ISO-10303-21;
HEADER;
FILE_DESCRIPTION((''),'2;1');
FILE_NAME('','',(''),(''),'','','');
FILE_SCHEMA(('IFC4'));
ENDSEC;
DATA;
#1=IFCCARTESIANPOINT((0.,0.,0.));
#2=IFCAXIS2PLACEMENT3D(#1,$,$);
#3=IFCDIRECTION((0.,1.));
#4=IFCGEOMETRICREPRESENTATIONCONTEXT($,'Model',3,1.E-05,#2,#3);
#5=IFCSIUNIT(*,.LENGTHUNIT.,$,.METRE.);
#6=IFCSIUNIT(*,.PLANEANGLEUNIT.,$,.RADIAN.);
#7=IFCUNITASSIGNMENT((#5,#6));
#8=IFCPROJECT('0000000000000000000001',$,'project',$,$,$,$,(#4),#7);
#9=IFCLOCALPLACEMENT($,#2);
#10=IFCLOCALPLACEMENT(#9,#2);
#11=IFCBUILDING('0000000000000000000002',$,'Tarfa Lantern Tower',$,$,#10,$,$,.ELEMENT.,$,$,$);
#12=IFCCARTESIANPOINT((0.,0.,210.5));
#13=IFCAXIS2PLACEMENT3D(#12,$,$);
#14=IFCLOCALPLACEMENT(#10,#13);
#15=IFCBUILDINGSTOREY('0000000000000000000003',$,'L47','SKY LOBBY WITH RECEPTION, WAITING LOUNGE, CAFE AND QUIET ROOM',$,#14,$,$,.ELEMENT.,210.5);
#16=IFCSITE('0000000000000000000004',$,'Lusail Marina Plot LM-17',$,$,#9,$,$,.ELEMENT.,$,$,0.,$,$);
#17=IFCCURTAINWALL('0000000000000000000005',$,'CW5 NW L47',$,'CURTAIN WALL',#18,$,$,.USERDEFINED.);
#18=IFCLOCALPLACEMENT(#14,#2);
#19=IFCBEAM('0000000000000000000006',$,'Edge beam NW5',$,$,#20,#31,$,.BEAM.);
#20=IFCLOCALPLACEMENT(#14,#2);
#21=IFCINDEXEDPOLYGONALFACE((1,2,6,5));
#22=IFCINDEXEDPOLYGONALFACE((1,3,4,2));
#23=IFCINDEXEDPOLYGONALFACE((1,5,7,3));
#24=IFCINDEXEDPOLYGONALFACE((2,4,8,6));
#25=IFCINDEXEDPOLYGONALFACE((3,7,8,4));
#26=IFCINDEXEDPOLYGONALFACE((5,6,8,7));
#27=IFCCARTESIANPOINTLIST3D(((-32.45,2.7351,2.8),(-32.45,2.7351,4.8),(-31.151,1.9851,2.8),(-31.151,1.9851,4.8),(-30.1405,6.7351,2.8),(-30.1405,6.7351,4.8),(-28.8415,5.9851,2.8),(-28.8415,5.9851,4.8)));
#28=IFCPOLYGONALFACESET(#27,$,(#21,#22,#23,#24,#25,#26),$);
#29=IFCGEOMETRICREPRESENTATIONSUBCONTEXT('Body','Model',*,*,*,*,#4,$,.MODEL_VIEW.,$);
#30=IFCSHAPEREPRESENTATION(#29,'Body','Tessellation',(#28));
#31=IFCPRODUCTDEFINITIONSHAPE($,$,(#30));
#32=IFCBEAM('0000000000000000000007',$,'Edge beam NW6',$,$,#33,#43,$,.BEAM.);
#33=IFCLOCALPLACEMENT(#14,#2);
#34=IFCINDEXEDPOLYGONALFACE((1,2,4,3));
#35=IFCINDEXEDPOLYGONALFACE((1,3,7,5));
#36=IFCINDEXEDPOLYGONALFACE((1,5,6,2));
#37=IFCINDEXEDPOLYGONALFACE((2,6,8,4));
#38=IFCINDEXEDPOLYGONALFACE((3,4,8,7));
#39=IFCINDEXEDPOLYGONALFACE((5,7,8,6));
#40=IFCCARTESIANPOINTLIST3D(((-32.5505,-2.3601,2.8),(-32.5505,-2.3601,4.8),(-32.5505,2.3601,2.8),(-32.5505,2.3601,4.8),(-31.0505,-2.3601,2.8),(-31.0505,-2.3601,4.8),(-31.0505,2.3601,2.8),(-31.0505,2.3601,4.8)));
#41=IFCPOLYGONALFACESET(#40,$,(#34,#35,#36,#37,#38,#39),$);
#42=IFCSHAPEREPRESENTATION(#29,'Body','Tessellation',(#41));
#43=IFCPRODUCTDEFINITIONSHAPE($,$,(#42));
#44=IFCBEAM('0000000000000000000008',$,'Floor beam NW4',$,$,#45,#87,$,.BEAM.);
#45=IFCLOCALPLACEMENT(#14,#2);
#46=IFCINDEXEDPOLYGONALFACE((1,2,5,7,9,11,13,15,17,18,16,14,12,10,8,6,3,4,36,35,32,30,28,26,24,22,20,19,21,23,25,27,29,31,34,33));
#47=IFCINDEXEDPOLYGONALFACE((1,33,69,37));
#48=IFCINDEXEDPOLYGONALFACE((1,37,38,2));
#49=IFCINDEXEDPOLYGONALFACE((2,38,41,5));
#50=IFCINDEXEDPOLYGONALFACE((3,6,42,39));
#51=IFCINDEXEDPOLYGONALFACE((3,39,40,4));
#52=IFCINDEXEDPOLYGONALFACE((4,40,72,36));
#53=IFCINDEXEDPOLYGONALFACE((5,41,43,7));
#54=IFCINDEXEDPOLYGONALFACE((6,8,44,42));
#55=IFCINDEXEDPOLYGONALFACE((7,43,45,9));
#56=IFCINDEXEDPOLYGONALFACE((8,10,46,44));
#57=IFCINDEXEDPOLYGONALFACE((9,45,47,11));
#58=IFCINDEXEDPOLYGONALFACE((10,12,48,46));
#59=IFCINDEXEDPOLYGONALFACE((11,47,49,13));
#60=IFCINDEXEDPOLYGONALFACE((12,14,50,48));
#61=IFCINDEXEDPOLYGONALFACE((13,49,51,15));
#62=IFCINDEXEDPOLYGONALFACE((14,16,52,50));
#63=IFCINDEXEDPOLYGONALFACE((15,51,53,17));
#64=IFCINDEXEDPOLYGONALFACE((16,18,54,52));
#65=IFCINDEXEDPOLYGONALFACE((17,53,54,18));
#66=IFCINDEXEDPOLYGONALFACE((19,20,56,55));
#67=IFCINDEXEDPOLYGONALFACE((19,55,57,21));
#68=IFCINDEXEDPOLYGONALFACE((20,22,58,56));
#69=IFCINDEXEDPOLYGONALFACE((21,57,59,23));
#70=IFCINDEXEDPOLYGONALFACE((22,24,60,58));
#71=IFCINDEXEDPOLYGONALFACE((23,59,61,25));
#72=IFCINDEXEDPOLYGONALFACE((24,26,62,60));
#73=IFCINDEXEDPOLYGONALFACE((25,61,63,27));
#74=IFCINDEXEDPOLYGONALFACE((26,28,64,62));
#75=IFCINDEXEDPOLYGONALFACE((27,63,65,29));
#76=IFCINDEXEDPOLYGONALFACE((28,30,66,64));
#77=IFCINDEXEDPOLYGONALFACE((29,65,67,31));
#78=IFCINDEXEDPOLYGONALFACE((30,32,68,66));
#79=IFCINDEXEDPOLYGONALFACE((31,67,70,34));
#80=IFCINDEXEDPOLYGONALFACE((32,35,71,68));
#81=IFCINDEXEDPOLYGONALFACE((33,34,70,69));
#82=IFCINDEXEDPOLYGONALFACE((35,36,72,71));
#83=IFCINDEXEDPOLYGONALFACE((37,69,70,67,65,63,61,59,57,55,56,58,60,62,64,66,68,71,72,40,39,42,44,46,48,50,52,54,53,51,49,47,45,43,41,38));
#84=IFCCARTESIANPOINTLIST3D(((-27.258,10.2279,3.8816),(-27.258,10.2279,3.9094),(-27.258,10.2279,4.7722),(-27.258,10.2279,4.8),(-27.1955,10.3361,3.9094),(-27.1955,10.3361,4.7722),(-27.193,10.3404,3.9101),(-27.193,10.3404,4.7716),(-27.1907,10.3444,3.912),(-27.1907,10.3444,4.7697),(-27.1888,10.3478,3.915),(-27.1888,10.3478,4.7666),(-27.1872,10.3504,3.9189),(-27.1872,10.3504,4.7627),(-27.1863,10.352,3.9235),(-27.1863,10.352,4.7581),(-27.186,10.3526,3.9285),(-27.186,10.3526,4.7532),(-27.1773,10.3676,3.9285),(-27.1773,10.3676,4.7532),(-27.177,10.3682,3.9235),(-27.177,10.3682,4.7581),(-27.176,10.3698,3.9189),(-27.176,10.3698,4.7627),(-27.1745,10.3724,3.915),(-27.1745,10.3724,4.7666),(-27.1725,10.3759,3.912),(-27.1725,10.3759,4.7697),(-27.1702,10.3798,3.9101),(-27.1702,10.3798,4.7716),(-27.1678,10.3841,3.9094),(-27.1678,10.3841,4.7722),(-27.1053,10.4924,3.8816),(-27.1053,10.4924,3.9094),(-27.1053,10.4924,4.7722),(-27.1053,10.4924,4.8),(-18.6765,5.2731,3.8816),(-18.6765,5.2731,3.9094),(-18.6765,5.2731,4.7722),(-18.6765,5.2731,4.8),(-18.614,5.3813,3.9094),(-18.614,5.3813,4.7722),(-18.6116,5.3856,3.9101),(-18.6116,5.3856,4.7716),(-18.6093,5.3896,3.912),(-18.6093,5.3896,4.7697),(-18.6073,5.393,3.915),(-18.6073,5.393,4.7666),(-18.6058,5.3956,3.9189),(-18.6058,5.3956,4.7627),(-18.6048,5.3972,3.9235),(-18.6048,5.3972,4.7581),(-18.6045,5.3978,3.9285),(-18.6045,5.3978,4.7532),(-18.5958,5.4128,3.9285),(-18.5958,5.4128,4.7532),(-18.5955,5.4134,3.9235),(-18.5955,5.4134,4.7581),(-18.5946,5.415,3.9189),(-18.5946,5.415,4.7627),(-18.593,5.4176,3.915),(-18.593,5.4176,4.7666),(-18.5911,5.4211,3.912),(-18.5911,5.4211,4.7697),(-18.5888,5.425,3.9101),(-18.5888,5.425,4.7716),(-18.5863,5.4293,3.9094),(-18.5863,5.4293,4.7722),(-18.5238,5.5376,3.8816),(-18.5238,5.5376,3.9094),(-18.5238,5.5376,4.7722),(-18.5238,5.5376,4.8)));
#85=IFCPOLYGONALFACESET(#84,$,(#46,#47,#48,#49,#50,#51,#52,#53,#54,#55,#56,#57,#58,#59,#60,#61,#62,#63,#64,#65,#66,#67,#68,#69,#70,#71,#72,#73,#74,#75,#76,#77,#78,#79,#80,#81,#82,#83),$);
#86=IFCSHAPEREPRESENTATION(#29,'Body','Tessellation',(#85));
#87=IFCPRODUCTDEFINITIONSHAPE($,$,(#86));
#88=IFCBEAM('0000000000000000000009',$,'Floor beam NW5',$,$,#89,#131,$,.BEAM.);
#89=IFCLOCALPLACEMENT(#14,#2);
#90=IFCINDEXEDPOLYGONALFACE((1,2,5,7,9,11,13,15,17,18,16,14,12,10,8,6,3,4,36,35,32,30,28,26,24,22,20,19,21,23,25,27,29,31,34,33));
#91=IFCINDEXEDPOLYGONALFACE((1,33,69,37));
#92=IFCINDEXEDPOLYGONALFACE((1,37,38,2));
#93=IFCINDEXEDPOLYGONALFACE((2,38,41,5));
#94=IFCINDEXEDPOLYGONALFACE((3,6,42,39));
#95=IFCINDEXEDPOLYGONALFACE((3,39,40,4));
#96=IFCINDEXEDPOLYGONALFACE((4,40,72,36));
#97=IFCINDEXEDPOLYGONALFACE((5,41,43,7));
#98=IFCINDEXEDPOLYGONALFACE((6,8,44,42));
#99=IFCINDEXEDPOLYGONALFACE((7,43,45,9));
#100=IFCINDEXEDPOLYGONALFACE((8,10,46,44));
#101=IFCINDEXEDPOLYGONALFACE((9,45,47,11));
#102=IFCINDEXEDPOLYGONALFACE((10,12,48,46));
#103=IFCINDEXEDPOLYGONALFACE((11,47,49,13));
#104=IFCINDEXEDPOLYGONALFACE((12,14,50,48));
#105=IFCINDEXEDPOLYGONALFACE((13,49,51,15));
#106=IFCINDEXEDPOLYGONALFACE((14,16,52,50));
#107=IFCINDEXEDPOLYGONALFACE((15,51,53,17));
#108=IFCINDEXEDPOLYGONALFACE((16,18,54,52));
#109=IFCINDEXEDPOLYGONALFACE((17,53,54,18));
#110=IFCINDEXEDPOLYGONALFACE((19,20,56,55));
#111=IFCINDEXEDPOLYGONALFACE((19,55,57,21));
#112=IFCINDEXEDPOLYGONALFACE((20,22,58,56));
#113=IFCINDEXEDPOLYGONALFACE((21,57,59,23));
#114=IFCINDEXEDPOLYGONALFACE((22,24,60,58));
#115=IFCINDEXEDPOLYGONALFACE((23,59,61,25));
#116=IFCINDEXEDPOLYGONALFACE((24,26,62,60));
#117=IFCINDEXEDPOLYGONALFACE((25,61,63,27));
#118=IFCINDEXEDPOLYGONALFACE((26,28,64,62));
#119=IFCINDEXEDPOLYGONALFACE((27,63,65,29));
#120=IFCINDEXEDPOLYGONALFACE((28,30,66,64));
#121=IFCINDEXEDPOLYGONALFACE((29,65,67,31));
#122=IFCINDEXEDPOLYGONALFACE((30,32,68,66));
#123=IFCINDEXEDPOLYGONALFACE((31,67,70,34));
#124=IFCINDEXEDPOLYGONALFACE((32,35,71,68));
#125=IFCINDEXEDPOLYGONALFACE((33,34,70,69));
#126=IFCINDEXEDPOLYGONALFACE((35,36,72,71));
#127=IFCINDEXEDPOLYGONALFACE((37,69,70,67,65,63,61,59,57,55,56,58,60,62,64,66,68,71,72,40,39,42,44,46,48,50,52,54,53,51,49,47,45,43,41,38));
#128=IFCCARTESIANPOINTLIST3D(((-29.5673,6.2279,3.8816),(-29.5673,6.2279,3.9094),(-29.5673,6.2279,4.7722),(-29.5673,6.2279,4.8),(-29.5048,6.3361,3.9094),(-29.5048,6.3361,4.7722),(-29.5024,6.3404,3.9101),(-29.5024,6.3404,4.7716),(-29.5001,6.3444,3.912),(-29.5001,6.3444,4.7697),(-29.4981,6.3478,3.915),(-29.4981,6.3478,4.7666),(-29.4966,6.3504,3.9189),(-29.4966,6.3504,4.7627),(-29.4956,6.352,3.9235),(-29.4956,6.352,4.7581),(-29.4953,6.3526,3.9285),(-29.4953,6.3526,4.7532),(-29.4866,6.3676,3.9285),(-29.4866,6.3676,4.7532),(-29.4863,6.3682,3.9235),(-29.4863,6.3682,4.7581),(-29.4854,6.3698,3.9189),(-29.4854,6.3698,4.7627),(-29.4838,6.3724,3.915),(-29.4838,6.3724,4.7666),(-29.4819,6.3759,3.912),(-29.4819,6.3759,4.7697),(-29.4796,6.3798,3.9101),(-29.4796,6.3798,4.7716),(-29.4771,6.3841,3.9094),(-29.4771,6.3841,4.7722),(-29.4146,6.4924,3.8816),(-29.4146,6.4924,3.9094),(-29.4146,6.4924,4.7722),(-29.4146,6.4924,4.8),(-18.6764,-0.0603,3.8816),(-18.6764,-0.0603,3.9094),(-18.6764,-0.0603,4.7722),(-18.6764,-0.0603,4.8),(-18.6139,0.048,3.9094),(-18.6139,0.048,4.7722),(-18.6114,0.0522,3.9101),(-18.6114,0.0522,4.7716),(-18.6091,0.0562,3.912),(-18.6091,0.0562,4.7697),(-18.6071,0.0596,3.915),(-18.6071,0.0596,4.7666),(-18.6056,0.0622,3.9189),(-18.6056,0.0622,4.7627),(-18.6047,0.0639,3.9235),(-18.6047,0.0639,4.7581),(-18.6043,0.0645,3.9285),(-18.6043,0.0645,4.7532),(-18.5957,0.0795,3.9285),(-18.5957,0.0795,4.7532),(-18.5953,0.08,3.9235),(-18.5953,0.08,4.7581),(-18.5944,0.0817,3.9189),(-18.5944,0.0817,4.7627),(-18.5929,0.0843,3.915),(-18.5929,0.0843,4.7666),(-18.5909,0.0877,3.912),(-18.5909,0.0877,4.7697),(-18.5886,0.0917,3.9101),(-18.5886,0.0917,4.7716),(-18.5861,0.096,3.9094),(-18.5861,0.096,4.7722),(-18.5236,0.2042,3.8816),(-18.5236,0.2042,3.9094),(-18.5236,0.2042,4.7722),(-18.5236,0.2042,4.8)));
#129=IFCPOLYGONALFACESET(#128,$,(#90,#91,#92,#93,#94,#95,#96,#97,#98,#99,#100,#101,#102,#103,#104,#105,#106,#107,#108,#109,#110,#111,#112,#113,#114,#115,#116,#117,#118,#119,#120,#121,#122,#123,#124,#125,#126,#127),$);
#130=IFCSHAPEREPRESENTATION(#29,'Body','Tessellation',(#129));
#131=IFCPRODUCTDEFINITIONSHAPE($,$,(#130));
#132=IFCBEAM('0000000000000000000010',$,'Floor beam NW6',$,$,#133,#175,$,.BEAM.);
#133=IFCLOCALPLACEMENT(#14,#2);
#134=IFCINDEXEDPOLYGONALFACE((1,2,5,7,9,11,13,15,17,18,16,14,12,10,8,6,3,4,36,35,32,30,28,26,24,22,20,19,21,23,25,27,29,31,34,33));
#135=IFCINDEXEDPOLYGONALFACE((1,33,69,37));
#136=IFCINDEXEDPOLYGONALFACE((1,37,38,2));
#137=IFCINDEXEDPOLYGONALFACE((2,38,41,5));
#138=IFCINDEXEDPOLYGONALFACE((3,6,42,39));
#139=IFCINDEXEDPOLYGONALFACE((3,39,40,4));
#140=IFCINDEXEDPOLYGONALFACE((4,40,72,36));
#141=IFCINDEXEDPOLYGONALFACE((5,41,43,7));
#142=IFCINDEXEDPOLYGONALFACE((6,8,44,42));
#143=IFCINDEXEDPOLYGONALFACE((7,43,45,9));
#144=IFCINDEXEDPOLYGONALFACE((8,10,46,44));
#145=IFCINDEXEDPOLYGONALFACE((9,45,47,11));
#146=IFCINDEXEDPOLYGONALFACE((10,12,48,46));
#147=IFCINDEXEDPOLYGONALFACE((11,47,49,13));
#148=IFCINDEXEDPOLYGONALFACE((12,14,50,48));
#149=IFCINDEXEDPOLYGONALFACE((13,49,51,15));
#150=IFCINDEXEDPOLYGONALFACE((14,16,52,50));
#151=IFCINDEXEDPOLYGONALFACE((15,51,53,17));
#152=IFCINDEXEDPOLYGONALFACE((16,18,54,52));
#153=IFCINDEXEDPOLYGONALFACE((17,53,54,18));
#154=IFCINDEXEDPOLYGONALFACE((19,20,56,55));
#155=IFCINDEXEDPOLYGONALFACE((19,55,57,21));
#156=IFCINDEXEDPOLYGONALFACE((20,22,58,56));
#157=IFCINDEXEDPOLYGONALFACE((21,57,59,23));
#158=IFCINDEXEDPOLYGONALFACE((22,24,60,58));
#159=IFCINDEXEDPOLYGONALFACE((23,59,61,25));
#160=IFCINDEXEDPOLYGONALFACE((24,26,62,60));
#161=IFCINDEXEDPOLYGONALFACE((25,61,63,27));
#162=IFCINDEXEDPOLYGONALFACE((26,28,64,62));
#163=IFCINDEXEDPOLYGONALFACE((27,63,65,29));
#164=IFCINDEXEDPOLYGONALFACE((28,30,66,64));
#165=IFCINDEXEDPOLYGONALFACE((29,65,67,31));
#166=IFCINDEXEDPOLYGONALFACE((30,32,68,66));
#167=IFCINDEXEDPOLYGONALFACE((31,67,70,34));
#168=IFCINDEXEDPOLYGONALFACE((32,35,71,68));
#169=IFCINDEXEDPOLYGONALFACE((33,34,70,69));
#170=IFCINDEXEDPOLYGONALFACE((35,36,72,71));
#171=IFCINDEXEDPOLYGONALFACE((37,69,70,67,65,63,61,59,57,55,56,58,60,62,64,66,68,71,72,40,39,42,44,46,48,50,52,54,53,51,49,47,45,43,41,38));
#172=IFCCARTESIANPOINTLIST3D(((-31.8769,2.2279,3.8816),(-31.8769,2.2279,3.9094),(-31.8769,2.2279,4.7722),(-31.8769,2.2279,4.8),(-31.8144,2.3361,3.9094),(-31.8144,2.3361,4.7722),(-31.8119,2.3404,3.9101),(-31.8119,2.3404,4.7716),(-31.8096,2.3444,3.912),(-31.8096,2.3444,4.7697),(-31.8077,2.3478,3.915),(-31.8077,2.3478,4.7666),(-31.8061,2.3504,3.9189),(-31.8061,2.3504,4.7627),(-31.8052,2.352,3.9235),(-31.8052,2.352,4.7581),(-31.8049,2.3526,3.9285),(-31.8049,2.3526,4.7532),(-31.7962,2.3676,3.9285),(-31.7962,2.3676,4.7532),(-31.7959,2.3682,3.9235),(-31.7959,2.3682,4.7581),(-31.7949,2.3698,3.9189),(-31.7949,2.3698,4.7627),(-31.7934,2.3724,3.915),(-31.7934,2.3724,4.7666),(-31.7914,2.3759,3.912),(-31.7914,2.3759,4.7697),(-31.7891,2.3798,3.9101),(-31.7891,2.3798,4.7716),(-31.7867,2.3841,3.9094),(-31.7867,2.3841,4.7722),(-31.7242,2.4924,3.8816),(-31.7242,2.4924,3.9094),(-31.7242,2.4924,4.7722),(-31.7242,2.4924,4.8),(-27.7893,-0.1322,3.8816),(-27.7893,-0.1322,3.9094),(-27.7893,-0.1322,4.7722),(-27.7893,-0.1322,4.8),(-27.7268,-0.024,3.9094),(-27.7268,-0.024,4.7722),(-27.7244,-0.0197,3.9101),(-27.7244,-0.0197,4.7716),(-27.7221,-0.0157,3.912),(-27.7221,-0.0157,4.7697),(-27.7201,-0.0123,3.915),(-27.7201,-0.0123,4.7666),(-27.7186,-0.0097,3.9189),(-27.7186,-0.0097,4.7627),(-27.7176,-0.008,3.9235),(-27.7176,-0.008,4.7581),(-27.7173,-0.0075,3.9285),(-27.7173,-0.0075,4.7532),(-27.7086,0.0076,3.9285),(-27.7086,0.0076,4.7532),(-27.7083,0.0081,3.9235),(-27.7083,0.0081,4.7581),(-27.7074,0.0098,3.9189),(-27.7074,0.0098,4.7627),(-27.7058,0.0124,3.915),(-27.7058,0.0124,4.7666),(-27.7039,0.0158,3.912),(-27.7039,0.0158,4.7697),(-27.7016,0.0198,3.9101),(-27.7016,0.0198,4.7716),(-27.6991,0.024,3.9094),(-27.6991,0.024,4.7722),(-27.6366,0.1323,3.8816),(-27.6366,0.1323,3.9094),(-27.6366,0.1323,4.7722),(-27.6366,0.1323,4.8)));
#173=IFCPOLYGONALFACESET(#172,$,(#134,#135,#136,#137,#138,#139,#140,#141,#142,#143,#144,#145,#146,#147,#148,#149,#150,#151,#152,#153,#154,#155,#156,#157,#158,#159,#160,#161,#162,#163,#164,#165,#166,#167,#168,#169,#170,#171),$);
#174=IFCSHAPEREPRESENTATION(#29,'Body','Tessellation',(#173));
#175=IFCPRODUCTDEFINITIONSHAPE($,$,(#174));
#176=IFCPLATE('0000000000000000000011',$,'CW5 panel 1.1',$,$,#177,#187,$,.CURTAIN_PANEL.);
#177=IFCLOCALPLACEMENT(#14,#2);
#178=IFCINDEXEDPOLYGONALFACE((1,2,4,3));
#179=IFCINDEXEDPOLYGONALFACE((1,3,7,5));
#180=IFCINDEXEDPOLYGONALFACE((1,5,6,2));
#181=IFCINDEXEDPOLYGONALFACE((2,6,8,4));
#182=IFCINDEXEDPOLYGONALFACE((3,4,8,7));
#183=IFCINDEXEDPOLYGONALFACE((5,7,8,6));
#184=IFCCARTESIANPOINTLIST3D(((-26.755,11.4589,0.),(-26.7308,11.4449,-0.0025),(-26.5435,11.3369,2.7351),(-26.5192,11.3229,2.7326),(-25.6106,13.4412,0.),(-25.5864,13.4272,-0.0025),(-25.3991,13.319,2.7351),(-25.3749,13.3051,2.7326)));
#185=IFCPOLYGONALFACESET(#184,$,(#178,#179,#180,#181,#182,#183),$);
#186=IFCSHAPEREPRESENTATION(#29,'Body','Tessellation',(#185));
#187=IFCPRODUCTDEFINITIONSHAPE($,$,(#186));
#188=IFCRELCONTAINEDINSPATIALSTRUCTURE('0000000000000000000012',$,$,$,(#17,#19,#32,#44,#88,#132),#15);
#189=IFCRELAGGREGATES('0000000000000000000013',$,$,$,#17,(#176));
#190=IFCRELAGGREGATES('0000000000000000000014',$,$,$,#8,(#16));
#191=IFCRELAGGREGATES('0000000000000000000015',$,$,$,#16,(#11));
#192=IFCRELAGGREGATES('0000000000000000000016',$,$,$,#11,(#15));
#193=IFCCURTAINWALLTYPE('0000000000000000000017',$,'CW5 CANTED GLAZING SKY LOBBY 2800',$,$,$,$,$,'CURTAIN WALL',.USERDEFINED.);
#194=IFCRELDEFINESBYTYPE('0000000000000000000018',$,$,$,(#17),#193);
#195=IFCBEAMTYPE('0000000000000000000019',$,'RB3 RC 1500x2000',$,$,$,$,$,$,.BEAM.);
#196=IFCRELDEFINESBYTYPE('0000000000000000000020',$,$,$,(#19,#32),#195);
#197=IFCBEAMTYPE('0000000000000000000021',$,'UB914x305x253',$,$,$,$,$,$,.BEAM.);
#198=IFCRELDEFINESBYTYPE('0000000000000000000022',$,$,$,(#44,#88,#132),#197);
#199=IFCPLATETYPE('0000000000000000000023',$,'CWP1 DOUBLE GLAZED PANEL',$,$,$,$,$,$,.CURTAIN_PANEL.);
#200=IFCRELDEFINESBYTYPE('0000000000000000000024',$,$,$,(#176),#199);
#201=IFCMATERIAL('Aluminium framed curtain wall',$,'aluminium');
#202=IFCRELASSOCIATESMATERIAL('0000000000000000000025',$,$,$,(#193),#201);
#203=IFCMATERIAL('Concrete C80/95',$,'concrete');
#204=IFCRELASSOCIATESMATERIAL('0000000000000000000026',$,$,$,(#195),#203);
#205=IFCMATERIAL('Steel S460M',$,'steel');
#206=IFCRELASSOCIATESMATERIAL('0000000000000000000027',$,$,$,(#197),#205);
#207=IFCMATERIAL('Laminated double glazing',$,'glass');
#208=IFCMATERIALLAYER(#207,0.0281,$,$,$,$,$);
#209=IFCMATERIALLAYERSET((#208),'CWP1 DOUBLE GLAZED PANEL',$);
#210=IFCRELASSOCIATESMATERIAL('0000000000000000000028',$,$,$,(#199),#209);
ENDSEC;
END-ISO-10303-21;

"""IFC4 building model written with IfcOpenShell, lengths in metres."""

from ifc_helpers import new_model, si_unit, direction, frame, origin, origin_2d, place, context, subcontext, project, spatial, polyline, rectangle, i_section, outline, extrude, material, layer, layer_set, material_profile, profile_set, type_object, element, aggregate, save


model = new_model("IFC4")

# Units and contexts
model_context = context("Model", 3, precision=1e-05, world=origin(), true_north=direction((0.0, 1.0)))
body_context = subcontext(model_context, "Body", "Model", "MODEL_VIEW")
ifc_project = project(units=[si_unit("LENGTHUNIT", "METRE"), si_unit("PLANEANGLEUNIT", "RADIAN")], contexts=[model_context])

# Site, building, storey
site_placement = place(None, origin())
site = spatial("IfcSite", under=ifc_project, at=site_placement, Name="Lusail Marina Plot LM-17", CompositionType="ELEMENT", RefElevation=0.0)
building_placement = place(site_placement, origin())
building = spatial("IfcBuilding", under=site, at=building_placement, Name="Tarfa Lantern Tower", CompositionType="ELEMENT")
storey_placement = place(building_placement, frame((0.0, 0.0, 210.5)))
storey = spatial("IfcBuildingStorey", under=building, at=storey_placement, Name="L47", Description="SKY LOBBY WITH RECEPTION, WAITING LOUNGE, CAFE AND QUIET ROOM", CompositionType="ELEMENT", Elevation=210.5)

# Shared definitions
ifc_material_1 = material(Name="Steel S460M", Category="steel")

# Curtain wall
ifc_material_2 = material(Name="Aluminium framed curtain wall", Category="aluminium")
curtain_wall_type = type_object("IfcCurtainWallType", Name="CW5 CANTED GLAZING SKY LOBBY 2800", ElementType="CURTAIN WALL", PredefinedType="USERDEFINED", material=ifc_material_2)
curtain_wall_1_placement = place(storey_placement, origin())
curtain_wall_1 = element("IfcCurtainWall", 1, at=curtain_wall_1_placement, inside=storey, type_object=curtain_wall_type, Name="CW5 NW L47", ObjectType="CURTAIN WALL", PredefinedType="USERDEFINED")

# Beams
ifc_material_3 = material(Name="Concrete C80/95", Category="concrete")
ifc_material_profile_1 = material_profile(ifc_material_3, rectangle(XDim=1.5, YDim=2.0, at=origin_2d()), Name="RC 1500x2000")
ifc_profile_set_1 = profile_set([ifc_material_profile_1], Name="Concrete C80/95")
beam_type_1 = type_object("IfcBeamType", Name="RB3 RC 1500x2000", PredefinedType="BEAM", material=ifc_profile_set_1)
beam_1_placement = place(storey_placement, frame((-29.491, 6.3601, 3.8), z_axis=(-0.500027, -0.86601, 0.0), x_axis=(0.86601, -0.500027, 0.0)))
element("IfcBeam", 2, at=beam_1_placement, inside=storey, type_object=beam_type_1, Name="Edge beam NW5", PredefinedType="BEAM", context=body_context, shape_type="SweptSolid", body=[
    extrude(rectangle(XDim=1.5, YDim=2.0, at=origin_2d()), origin(), (0.0, 0.0, 1.0), 4.6189),
])
beam_2_placement = place(storey_placement, frame((-31.8005, 2.3601, 3.8), z_axis=(0.0, -1.0, 0.0), x_axis=(1.0, 0.0, 0.0)))
element("IfcBeam", 3, at=beam_2_placement, inside=storey, type_object=beam_type_1, Name="Edge beam NW6", PredefinedType="BEAM", context=body_context, shape_type="SweptSolid", body=[
    extrude(rectangle(XDim=1.5, YDim=2.0, at=origin_2d()), origin(), (0.0, 0.0, 1.0), 4.7202),
])
ifc_material_profile_2 = material_profile(ifc_material_1, i_section(OverallWidth=0.3054, OverallDepth=0.9185, WebThickness=0.0173, FlangeThickness=0.0278, FilletRadius=0.019, at=origin_2d()), Name="UB914x305x253")
ifc_profile_set_2 = profile_set([ifc_material_profile_2], Name="Steel S460M")
beam_type_2 = type_object("IfcBeamType", Name="UB914x305x253", PredefinedType="BEAM", material=ifc_profile_set_2)
beam_3_placement = place(storey_placement, frame((-27.1816, 10.3601, 4.3408), z_axis=(0.866013, -0.500021, 0.0), x_axis=(0.500021, 0.866013, 0.0)))
element("IfcBeam", 4, at=beam_3_placement, inside=storey, type_object=beam_type_2, Name="Floor beam NW4", PredefinedType="BEAM", context=body_context, shape_type="SweptSolid", body=[
    extrude(i_section(OverallWidth=0.3054, OverallDepth=0.9185, WebThickness=0.0173, FlangeThickness=0.0278, FilletRadius=0.019, at=origin_2d()), origin(), (0.0, 0.0, 1.0), 9.9092),
])
beam_4_placement = place(storey_placement, frame((-29.491, 6.3601, 4.3408), z_axis=(0.866017, -0.500014, 0.0), x_axis=(0.500014, 0.866017, 0.0)))
element("IfcBeam", 5, at=beam_4_placement, inside=storey, type_object=beam_type_2, Name="Floor beam NW5", PredefinedType="BEAM", context=body_context, shape_type="SweptSolid", body=[
    extrude(i_section(OverallWidth=0.3054, OverallDepth=0.9185, WebThickness=0.0173, FlangeThickness=0.0278, FilletRadius=0.019, at=origin_2d()), origin(), (0.0, 0.0, 1.0), 12.5759),
])
beam_5_placement = place(storey_placement, frame((-31.8005, 2.3601, 4.3408), z_axis=(0.866016, -0.500016, 0.0), x_axis=(0.500016, 0.866016, 0.0)))
element("IfcBeam", 6, at=beam_5_placement, inside=storey, type_object=beam_type_2, Name="Floor beam NW6", PredefinedType="BEAM", context=body_context, shape_type="SweptSolid", body=[
    extrude(i_section(OverallWidth=0.3054, OverallDepth=0.9185, WebThickness=0.0173, FlangeThickness=0.0278, FilletRadius=0.019, at=origin_2d()), origin(), (0.0, 0.0, 1.0), 4.72),
])

# Plate
ifc_material_4 = material(Name="Laminated double glazing", Category="glass")
ifc_layer = layer(ifc_material_4, 0.0281)
ifc_layer_set = layer_set([ifc_layer], Name="CWP1 DOUBLE GLAZED PANEL")
plate_type = type_object("IfcPlateType", Name="CWP1 DOUBLE GLAZED PANEL", PredefinedType="CURTAIN_PANEL", material=ifc_layer_set)
plate_1_placement = place(storey_placement, frame((-25.6106, 13.4412, 0.0), z_axis=(-0.862593, 0.498018, 0.088945), x_axis=(-0.5, -0.866026, -0.000004)))
plate_1 = element("IfcPlate", 7, at=plate_1_placement, type_object=plate_type, Name="CW5 panel 1.1", PredefinedType="CURTAIN_PANEL", context=body_context, shape_type="SweptSolid", body=[
    extrude(outline(polyline([(0.0, 0.0), (2.2889, 0.0), (2.2888, 2.746), (0.0, 2.746), (0.0, 0.0)])), origin(), (0.0, 0.0, -1.0), 0.0281),
])
aggregate(curtain_wall_1, [plate_1])

save(model, "model.ifc")
